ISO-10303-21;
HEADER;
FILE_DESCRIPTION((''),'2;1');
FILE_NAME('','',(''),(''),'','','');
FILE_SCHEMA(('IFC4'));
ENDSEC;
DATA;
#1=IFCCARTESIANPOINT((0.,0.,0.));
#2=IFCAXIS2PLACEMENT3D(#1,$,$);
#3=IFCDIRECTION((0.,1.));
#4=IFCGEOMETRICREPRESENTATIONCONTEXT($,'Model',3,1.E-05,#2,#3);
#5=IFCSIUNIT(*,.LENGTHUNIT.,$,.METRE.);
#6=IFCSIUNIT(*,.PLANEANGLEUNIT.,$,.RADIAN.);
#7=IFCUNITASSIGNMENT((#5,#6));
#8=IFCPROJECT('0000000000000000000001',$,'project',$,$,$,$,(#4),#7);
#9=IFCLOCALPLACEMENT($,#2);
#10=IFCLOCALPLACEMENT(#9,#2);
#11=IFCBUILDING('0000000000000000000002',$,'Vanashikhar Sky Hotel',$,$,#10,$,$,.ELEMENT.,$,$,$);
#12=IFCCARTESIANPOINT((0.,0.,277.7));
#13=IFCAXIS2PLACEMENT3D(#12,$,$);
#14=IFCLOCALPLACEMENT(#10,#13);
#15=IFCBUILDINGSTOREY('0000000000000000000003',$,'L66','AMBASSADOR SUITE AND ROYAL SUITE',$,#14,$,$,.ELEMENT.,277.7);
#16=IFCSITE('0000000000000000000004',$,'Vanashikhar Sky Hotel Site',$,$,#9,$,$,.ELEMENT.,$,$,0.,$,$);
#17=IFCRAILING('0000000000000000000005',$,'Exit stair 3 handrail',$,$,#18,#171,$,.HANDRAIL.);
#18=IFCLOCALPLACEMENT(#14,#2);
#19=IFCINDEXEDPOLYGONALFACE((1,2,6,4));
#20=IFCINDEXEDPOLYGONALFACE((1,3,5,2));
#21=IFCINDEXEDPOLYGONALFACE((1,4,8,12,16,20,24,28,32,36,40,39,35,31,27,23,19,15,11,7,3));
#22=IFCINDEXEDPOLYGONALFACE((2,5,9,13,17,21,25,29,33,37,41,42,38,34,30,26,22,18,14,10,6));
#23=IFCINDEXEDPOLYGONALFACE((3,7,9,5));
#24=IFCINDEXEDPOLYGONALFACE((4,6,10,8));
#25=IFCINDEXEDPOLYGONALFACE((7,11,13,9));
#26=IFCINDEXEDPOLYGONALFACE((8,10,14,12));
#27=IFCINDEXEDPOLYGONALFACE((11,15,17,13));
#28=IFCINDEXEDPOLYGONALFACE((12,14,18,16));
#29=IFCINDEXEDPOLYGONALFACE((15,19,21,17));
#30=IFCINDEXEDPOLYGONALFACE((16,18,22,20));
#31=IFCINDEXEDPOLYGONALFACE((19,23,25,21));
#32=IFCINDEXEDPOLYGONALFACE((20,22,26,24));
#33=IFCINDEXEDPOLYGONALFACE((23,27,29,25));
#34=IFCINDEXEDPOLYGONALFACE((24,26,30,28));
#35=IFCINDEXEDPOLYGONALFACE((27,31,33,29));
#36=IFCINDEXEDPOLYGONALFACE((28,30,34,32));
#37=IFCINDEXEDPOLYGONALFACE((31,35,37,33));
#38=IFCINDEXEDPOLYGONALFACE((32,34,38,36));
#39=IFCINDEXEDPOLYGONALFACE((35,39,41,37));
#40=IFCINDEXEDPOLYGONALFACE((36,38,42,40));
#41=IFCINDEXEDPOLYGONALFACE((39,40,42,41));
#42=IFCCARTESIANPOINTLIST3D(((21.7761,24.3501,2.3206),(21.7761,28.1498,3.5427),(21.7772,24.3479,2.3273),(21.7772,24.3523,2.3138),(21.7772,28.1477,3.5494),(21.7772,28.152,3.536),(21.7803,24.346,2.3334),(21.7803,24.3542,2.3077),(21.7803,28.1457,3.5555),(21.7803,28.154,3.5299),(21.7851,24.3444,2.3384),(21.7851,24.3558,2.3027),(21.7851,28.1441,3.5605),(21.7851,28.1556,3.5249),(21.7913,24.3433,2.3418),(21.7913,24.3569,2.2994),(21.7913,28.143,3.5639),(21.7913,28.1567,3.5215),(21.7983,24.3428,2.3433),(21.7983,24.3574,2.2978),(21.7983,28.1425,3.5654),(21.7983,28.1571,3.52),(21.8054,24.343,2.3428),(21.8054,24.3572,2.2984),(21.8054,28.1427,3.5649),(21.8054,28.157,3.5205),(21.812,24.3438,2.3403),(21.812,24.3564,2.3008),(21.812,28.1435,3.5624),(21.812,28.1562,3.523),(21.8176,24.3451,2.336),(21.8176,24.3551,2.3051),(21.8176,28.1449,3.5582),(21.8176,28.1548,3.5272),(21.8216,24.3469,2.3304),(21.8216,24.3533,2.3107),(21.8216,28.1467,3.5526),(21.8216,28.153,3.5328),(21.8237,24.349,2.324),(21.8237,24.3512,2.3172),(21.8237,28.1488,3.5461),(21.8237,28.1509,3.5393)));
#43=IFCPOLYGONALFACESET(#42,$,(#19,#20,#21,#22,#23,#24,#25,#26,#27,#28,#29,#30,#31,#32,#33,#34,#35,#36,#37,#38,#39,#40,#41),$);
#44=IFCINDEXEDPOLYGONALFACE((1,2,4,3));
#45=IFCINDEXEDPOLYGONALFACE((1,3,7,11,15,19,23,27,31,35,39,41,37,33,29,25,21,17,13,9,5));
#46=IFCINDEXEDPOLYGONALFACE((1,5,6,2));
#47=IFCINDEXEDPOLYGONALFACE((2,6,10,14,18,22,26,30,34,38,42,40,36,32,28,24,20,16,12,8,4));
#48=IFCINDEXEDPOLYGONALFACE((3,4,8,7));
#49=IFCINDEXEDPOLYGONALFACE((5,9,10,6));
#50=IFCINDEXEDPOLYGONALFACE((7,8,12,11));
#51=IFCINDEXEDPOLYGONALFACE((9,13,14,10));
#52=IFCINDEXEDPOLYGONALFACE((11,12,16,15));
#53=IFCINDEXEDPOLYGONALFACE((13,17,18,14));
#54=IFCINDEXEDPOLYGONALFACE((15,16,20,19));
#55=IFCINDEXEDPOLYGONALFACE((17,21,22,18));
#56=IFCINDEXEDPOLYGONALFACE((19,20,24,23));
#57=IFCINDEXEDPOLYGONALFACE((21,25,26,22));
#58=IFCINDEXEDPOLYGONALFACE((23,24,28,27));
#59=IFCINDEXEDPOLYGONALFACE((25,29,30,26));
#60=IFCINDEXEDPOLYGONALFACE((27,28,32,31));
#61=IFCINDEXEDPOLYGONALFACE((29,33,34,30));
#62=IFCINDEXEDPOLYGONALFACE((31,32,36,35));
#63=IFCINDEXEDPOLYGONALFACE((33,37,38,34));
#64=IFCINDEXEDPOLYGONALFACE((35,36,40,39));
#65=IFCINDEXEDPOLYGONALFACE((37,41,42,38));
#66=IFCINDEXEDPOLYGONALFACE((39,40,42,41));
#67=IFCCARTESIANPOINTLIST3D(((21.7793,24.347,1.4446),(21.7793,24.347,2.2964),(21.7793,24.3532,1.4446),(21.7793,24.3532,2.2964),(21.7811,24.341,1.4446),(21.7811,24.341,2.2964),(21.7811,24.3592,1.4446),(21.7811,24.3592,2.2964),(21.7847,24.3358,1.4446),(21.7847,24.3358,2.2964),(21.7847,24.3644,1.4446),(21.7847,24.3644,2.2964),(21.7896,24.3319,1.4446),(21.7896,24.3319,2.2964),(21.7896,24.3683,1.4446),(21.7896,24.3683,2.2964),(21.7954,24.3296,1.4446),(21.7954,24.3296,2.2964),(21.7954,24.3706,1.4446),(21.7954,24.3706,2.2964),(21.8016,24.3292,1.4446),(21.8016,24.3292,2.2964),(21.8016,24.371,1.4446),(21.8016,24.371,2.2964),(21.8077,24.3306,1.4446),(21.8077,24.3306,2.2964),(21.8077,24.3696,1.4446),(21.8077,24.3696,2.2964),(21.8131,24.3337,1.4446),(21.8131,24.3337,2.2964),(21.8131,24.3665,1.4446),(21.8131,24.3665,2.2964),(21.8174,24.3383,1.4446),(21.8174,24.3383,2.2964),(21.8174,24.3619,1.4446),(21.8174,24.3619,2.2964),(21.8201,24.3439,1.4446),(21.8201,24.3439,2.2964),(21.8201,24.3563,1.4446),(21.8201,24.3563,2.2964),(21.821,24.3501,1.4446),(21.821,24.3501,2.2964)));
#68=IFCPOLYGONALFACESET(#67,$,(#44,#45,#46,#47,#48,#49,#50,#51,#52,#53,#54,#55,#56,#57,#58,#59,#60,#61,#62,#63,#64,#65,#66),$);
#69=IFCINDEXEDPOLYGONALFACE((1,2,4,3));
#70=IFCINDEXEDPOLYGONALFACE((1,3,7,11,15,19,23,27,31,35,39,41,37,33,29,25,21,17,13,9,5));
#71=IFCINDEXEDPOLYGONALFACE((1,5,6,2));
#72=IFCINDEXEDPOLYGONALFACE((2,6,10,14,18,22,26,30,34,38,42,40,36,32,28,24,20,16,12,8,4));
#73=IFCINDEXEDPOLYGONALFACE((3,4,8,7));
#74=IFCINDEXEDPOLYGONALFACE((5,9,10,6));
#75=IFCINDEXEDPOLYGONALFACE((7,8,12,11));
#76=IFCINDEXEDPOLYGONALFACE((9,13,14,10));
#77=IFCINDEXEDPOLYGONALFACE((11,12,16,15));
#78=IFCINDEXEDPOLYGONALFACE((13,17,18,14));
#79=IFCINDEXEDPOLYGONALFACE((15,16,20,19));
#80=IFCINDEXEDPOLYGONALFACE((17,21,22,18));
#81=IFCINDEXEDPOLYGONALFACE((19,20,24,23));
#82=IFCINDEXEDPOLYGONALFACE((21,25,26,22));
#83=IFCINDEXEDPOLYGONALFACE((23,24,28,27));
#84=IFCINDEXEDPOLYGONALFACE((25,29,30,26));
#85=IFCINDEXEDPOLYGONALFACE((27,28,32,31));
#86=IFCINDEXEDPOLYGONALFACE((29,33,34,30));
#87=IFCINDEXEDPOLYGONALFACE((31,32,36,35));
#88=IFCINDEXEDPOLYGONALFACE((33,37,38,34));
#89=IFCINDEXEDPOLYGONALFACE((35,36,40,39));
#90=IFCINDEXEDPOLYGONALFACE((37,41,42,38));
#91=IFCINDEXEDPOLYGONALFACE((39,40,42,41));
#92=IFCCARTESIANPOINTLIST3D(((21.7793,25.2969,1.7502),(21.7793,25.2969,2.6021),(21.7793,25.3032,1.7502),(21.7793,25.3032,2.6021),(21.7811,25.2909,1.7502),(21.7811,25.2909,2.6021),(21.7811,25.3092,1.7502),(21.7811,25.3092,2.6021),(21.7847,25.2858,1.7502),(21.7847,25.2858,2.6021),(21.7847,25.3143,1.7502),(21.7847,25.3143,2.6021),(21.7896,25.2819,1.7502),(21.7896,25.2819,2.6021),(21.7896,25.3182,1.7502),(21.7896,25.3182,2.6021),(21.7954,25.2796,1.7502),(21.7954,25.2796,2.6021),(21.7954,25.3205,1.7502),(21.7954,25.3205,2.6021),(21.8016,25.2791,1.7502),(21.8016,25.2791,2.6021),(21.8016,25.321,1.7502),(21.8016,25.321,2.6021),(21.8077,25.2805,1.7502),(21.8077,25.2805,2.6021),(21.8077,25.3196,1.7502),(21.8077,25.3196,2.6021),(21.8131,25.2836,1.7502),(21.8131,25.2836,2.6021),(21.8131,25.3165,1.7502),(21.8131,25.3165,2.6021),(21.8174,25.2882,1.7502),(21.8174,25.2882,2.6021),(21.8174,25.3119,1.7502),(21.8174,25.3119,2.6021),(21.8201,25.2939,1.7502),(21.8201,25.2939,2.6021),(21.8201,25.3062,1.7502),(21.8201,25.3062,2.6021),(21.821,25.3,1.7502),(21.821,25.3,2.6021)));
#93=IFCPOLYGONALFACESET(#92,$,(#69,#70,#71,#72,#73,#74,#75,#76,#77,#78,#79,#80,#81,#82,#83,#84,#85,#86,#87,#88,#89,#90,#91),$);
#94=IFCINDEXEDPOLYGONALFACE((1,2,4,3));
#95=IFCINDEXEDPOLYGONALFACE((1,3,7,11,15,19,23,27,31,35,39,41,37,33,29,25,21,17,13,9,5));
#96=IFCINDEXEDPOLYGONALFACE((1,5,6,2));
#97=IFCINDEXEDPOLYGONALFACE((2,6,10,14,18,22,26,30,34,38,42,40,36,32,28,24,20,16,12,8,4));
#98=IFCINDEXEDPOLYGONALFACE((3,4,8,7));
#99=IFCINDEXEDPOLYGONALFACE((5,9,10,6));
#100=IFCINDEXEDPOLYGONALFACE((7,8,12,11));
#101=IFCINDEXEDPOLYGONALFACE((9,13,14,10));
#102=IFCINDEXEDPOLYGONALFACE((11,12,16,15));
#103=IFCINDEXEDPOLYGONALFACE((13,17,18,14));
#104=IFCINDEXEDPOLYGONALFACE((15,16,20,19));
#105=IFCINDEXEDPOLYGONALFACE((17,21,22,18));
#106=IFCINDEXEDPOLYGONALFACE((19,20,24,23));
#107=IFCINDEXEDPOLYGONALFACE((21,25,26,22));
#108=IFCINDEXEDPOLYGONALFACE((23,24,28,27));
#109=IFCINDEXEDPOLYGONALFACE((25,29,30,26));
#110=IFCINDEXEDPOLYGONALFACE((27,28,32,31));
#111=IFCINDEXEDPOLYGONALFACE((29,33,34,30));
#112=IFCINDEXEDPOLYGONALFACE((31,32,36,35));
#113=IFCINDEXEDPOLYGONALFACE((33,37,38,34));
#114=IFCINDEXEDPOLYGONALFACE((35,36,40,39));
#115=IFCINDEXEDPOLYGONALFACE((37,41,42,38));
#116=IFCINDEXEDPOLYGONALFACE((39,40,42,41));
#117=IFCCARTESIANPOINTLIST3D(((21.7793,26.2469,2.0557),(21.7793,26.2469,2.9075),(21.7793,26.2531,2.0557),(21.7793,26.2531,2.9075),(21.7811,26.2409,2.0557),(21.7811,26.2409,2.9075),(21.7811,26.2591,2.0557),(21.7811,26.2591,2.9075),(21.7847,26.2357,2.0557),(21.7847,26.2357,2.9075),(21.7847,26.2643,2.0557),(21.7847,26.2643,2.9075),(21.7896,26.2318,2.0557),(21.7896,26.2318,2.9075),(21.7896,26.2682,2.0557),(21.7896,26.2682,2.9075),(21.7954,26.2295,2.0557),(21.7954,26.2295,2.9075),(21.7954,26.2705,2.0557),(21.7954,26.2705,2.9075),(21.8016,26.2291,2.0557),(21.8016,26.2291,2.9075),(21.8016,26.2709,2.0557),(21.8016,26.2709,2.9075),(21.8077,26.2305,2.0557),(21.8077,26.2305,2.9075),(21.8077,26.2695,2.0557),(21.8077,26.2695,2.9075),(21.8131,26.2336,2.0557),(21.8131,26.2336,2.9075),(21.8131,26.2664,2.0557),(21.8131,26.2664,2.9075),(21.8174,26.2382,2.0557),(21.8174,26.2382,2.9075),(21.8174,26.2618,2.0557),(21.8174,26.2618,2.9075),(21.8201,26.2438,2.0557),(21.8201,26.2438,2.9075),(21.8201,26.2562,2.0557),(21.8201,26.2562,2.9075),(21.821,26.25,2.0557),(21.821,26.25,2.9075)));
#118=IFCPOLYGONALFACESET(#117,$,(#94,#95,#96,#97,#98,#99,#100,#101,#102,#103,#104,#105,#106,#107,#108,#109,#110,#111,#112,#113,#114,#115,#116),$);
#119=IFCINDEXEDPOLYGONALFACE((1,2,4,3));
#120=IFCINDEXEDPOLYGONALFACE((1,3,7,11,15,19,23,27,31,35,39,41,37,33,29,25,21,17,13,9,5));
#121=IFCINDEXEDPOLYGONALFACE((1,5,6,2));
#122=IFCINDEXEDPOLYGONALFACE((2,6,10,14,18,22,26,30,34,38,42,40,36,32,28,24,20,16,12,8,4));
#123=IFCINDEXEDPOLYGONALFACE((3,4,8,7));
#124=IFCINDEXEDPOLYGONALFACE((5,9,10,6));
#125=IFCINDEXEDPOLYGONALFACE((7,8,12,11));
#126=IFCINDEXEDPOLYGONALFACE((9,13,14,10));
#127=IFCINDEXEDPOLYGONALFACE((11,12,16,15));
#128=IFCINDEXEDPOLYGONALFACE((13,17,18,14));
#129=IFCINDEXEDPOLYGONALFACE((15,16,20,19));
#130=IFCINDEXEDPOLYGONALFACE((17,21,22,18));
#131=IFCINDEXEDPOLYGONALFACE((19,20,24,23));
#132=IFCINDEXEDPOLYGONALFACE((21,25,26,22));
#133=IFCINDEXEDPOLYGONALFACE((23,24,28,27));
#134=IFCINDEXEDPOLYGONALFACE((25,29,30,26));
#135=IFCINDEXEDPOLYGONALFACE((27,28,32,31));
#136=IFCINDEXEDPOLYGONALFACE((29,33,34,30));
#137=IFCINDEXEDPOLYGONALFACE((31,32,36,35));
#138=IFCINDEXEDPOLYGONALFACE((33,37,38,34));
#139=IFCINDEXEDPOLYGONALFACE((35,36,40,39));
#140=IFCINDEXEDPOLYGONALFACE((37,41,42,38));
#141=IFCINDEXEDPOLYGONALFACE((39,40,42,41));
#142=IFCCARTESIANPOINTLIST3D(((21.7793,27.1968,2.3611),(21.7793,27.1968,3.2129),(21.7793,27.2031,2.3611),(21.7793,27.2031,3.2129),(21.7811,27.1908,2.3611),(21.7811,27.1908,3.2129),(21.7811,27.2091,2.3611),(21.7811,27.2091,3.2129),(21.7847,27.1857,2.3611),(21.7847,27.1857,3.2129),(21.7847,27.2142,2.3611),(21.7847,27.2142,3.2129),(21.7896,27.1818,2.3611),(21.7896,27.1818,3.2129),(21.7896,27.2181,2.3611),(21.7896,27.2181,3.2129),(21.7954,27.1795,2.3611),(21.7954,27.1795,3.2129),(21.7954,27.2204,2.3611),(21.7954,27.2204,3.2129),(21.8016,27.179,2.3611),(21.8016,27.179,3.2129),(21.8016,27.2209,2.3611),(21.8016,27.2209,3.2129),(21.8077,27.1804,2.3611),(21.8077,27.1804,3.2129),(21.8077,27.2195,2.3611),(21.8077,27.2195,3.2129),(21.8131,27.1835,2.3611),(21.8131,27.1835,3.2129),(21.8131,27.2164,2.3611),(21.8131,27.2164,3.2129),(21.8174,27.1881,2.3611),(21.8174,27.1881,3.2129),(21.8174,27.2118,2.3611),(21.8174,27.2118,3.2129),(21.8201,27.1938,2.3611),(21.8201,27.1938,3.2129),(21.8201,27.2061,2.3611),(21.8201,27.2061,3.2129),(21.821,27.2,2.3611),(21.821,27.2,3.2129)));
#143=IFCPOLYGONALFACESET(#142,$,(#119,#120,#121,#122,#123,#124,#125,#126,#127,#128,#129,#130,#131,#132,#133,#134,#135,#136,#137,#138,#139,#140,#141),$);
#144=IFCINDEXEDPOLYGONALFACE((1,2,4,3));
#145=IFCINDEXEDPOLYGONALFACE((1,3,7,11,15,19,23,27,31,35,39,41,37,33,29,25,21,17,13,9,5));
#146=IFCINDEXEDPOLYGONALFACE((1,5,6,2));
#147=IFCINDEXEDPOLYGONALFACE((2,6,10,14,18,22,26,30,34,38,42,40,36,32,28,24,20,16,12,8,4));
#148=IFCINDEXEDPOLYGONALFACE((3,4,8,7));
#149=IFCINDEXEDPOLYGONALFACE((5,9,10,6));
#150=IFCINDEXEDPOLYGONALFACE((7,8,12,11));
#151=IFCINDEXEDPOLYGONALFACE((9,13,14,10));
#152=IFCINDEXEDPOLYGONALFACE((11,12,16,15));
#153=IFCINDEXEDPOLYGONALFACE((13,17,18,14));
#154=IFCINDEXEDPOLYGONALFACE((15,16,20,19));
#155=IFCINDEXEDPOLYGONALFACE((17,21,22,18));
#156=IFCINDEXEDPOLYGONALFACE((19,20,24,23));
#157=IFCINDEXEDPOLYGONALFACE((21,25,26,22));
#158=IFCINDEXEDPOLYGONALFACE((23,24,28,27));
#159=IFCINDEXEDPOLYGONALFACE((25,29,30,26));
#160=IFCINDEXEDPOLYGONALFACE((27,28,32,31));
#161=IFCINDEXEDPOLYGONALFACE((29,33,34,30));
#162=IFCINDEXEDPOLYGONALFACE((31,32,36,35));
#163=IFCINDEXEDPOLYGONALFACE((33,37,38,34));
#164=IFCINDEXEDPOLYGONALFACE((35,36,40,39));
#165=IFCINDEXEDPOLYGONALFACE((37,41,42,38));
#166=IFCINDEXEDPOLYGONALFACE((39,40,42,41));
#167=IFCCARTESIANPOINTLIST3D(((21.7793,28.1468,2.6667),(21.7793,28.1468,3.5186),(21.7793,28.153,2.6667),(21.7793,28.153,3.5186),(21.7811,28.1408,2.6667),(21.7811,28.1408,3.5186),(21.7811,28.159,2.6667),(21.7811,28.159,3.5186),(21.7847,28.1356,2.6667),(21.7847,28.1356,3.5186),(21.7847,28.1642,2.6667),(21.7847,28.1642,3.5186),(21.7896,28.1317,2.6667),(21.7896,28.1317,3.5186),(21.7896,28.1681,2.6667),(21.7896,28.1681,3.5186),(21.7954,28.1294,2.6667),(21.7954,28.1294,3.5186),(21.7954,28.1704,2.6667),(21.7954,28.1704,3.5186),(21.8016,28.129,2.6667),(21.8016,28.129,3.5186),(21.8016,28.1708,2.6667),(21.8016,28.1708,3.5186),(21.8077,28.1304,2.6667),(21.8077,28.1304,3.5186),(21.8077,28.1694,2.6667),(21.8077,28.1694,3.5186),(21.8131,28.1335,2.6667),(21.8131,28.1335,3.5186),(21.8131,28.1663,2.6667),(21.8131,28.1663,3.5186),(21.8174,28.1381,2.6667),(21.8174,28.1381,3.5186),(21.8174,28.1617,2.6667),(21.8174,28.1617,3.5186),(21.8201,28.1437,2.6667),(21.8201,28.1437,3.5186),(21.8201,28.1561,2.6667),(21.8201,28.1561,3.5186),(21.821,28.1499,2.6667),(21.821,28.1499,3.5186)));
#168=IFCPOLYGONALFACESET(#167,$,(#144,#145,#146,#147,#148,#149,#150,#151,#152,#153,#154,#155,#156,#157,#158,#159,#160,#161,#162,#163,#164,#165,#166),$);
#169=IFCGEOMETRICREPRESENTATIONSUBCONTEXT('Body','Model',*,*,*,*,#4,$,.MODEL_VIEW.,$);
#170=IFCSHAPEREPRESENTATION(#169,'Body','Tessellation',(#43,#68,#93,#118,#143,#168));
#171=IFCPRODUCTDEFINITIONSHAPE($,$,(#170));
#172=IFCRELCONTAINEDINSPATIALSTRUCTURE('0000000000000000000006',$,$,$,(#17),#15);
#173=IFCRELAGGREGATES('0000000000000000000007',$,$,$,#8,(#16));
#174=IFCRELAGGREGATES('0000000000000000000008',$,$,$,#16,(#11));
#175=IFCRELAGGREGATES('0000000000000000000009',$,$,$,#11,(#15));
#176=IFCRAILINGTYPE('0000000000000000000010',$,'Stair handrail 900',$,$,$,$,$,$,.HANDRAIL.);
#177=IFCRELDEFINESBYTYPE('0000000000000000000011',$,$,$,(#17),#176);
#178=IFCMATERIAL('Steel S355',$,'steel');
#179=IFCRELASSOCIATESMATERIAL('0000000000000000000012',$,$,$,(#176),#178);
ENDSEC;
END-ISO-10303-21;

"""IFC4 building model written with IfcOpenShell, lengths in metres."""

from ifc_helpers import new_model, si_unit, direction, frame, origin, origin_2d, place, context, subcontext, project, spatial, circle, extrude, source, transform, mapped, material, type_object, element, save


model = new_model("IFC4")

# Units and contexts
model_context = context("Model", 3, precision=1e-05, world=origin(), true_north=direction((0.0, 1.0)))
body_context = subcontext(model_context, "Body", "Model", "MODEL_VIEW")
ifc_project = project(units=[si_unit("LENGTHUNIT", "METRE"), si_unit("PLANEANGLEUNIT", "RADIAN")], contexts=[model_context])

# Site, building, storey
site_placement = place(None, origin())
site = spatial("IfcSite", under=ifc_project, at=site_placement, Name="Vanashikhar Sky Hotel Site", CompositionType="ELEMENT", RefElevation=0.0)
building_placement = place(site_placement, origin())
building = spatial("IfcBuilding", under=site, at=building_placement, Name="Vanashikhar Sky Hotel", CompositionType="ELEMENT")
storey_placement = place(building_placement, frame((0.0, 0.0, 277.7)))
storey = spatial("IfcBuildingStorey", under=building, at=storey_placement, Name="L66", Description="AMBASSADOR SUITE AND ROYAL SUITE", CompositionType="ELEMENT", Elevation=277.7)

# Railing
ifc_material_1 = material(Name="Steel S355", Category="steel")
railing_type_1 = type_object("IfcRailingType", Name="Stair handrail 900", PredefinedType="HANDRAIL", material=ifc_material_1)
shared_shape_1 = source(origin(), body_context, "Body", "SweptSolid", [
    extrude(circle(Radius=0.0239, at=origin_2d()), frame((0.0, 0.0, 0.876), z_axis=(0.0, 0.95197, 0.306191), x_axis=(-1.0, 0.0, 0.0)), (0.0, 0.0, 1.0), 3.9915),
    extrude(circle(Radius=0.021, at=origin_2d()), origin(), (0.0, 0.0, 1.0), 0.8518),
    extrude(circle(Radius=0.021, at=origin_2d()), frame((0.0, 0.95, 0.3057)), (0.0, 0.0, 1.0), 0.8518),
    extrude(circle(Radius=0.021, at=origin_2d()), frame((0.0, 1.8999, 0.6111)), (0.0, 0.0, 1.0), 0.8518),
    extrude(circle(Radius=0.021, at=origin_2d()), frame((0.0, 2.8499, 0.9165)), (0.0, 0.0, 1.0), 0.8518),
    extrude(circle(Radius=0.021, at=origin_2d()), frame((0.0, 3.7998, 1.2222)), (0.0, 0.0, 1.0), 0.8518),
])
railing_1_placement = place(storey_placement, frame((21.8, 24.3501, 1.4446)))
element("IfcRailing", 1, at=railing_1_placement, inside=storey, type_object=railing_type_1, Name="Exit stair 3 handrail", PredefinedType="HANDRAIL", context=body_context, shape_type="MappedRepresentation", body=[
    mapped(shared_shape_1, transform((0.0, 0.0, 0.0), scale=1.0)),
])

save(model, "model.ifc")
